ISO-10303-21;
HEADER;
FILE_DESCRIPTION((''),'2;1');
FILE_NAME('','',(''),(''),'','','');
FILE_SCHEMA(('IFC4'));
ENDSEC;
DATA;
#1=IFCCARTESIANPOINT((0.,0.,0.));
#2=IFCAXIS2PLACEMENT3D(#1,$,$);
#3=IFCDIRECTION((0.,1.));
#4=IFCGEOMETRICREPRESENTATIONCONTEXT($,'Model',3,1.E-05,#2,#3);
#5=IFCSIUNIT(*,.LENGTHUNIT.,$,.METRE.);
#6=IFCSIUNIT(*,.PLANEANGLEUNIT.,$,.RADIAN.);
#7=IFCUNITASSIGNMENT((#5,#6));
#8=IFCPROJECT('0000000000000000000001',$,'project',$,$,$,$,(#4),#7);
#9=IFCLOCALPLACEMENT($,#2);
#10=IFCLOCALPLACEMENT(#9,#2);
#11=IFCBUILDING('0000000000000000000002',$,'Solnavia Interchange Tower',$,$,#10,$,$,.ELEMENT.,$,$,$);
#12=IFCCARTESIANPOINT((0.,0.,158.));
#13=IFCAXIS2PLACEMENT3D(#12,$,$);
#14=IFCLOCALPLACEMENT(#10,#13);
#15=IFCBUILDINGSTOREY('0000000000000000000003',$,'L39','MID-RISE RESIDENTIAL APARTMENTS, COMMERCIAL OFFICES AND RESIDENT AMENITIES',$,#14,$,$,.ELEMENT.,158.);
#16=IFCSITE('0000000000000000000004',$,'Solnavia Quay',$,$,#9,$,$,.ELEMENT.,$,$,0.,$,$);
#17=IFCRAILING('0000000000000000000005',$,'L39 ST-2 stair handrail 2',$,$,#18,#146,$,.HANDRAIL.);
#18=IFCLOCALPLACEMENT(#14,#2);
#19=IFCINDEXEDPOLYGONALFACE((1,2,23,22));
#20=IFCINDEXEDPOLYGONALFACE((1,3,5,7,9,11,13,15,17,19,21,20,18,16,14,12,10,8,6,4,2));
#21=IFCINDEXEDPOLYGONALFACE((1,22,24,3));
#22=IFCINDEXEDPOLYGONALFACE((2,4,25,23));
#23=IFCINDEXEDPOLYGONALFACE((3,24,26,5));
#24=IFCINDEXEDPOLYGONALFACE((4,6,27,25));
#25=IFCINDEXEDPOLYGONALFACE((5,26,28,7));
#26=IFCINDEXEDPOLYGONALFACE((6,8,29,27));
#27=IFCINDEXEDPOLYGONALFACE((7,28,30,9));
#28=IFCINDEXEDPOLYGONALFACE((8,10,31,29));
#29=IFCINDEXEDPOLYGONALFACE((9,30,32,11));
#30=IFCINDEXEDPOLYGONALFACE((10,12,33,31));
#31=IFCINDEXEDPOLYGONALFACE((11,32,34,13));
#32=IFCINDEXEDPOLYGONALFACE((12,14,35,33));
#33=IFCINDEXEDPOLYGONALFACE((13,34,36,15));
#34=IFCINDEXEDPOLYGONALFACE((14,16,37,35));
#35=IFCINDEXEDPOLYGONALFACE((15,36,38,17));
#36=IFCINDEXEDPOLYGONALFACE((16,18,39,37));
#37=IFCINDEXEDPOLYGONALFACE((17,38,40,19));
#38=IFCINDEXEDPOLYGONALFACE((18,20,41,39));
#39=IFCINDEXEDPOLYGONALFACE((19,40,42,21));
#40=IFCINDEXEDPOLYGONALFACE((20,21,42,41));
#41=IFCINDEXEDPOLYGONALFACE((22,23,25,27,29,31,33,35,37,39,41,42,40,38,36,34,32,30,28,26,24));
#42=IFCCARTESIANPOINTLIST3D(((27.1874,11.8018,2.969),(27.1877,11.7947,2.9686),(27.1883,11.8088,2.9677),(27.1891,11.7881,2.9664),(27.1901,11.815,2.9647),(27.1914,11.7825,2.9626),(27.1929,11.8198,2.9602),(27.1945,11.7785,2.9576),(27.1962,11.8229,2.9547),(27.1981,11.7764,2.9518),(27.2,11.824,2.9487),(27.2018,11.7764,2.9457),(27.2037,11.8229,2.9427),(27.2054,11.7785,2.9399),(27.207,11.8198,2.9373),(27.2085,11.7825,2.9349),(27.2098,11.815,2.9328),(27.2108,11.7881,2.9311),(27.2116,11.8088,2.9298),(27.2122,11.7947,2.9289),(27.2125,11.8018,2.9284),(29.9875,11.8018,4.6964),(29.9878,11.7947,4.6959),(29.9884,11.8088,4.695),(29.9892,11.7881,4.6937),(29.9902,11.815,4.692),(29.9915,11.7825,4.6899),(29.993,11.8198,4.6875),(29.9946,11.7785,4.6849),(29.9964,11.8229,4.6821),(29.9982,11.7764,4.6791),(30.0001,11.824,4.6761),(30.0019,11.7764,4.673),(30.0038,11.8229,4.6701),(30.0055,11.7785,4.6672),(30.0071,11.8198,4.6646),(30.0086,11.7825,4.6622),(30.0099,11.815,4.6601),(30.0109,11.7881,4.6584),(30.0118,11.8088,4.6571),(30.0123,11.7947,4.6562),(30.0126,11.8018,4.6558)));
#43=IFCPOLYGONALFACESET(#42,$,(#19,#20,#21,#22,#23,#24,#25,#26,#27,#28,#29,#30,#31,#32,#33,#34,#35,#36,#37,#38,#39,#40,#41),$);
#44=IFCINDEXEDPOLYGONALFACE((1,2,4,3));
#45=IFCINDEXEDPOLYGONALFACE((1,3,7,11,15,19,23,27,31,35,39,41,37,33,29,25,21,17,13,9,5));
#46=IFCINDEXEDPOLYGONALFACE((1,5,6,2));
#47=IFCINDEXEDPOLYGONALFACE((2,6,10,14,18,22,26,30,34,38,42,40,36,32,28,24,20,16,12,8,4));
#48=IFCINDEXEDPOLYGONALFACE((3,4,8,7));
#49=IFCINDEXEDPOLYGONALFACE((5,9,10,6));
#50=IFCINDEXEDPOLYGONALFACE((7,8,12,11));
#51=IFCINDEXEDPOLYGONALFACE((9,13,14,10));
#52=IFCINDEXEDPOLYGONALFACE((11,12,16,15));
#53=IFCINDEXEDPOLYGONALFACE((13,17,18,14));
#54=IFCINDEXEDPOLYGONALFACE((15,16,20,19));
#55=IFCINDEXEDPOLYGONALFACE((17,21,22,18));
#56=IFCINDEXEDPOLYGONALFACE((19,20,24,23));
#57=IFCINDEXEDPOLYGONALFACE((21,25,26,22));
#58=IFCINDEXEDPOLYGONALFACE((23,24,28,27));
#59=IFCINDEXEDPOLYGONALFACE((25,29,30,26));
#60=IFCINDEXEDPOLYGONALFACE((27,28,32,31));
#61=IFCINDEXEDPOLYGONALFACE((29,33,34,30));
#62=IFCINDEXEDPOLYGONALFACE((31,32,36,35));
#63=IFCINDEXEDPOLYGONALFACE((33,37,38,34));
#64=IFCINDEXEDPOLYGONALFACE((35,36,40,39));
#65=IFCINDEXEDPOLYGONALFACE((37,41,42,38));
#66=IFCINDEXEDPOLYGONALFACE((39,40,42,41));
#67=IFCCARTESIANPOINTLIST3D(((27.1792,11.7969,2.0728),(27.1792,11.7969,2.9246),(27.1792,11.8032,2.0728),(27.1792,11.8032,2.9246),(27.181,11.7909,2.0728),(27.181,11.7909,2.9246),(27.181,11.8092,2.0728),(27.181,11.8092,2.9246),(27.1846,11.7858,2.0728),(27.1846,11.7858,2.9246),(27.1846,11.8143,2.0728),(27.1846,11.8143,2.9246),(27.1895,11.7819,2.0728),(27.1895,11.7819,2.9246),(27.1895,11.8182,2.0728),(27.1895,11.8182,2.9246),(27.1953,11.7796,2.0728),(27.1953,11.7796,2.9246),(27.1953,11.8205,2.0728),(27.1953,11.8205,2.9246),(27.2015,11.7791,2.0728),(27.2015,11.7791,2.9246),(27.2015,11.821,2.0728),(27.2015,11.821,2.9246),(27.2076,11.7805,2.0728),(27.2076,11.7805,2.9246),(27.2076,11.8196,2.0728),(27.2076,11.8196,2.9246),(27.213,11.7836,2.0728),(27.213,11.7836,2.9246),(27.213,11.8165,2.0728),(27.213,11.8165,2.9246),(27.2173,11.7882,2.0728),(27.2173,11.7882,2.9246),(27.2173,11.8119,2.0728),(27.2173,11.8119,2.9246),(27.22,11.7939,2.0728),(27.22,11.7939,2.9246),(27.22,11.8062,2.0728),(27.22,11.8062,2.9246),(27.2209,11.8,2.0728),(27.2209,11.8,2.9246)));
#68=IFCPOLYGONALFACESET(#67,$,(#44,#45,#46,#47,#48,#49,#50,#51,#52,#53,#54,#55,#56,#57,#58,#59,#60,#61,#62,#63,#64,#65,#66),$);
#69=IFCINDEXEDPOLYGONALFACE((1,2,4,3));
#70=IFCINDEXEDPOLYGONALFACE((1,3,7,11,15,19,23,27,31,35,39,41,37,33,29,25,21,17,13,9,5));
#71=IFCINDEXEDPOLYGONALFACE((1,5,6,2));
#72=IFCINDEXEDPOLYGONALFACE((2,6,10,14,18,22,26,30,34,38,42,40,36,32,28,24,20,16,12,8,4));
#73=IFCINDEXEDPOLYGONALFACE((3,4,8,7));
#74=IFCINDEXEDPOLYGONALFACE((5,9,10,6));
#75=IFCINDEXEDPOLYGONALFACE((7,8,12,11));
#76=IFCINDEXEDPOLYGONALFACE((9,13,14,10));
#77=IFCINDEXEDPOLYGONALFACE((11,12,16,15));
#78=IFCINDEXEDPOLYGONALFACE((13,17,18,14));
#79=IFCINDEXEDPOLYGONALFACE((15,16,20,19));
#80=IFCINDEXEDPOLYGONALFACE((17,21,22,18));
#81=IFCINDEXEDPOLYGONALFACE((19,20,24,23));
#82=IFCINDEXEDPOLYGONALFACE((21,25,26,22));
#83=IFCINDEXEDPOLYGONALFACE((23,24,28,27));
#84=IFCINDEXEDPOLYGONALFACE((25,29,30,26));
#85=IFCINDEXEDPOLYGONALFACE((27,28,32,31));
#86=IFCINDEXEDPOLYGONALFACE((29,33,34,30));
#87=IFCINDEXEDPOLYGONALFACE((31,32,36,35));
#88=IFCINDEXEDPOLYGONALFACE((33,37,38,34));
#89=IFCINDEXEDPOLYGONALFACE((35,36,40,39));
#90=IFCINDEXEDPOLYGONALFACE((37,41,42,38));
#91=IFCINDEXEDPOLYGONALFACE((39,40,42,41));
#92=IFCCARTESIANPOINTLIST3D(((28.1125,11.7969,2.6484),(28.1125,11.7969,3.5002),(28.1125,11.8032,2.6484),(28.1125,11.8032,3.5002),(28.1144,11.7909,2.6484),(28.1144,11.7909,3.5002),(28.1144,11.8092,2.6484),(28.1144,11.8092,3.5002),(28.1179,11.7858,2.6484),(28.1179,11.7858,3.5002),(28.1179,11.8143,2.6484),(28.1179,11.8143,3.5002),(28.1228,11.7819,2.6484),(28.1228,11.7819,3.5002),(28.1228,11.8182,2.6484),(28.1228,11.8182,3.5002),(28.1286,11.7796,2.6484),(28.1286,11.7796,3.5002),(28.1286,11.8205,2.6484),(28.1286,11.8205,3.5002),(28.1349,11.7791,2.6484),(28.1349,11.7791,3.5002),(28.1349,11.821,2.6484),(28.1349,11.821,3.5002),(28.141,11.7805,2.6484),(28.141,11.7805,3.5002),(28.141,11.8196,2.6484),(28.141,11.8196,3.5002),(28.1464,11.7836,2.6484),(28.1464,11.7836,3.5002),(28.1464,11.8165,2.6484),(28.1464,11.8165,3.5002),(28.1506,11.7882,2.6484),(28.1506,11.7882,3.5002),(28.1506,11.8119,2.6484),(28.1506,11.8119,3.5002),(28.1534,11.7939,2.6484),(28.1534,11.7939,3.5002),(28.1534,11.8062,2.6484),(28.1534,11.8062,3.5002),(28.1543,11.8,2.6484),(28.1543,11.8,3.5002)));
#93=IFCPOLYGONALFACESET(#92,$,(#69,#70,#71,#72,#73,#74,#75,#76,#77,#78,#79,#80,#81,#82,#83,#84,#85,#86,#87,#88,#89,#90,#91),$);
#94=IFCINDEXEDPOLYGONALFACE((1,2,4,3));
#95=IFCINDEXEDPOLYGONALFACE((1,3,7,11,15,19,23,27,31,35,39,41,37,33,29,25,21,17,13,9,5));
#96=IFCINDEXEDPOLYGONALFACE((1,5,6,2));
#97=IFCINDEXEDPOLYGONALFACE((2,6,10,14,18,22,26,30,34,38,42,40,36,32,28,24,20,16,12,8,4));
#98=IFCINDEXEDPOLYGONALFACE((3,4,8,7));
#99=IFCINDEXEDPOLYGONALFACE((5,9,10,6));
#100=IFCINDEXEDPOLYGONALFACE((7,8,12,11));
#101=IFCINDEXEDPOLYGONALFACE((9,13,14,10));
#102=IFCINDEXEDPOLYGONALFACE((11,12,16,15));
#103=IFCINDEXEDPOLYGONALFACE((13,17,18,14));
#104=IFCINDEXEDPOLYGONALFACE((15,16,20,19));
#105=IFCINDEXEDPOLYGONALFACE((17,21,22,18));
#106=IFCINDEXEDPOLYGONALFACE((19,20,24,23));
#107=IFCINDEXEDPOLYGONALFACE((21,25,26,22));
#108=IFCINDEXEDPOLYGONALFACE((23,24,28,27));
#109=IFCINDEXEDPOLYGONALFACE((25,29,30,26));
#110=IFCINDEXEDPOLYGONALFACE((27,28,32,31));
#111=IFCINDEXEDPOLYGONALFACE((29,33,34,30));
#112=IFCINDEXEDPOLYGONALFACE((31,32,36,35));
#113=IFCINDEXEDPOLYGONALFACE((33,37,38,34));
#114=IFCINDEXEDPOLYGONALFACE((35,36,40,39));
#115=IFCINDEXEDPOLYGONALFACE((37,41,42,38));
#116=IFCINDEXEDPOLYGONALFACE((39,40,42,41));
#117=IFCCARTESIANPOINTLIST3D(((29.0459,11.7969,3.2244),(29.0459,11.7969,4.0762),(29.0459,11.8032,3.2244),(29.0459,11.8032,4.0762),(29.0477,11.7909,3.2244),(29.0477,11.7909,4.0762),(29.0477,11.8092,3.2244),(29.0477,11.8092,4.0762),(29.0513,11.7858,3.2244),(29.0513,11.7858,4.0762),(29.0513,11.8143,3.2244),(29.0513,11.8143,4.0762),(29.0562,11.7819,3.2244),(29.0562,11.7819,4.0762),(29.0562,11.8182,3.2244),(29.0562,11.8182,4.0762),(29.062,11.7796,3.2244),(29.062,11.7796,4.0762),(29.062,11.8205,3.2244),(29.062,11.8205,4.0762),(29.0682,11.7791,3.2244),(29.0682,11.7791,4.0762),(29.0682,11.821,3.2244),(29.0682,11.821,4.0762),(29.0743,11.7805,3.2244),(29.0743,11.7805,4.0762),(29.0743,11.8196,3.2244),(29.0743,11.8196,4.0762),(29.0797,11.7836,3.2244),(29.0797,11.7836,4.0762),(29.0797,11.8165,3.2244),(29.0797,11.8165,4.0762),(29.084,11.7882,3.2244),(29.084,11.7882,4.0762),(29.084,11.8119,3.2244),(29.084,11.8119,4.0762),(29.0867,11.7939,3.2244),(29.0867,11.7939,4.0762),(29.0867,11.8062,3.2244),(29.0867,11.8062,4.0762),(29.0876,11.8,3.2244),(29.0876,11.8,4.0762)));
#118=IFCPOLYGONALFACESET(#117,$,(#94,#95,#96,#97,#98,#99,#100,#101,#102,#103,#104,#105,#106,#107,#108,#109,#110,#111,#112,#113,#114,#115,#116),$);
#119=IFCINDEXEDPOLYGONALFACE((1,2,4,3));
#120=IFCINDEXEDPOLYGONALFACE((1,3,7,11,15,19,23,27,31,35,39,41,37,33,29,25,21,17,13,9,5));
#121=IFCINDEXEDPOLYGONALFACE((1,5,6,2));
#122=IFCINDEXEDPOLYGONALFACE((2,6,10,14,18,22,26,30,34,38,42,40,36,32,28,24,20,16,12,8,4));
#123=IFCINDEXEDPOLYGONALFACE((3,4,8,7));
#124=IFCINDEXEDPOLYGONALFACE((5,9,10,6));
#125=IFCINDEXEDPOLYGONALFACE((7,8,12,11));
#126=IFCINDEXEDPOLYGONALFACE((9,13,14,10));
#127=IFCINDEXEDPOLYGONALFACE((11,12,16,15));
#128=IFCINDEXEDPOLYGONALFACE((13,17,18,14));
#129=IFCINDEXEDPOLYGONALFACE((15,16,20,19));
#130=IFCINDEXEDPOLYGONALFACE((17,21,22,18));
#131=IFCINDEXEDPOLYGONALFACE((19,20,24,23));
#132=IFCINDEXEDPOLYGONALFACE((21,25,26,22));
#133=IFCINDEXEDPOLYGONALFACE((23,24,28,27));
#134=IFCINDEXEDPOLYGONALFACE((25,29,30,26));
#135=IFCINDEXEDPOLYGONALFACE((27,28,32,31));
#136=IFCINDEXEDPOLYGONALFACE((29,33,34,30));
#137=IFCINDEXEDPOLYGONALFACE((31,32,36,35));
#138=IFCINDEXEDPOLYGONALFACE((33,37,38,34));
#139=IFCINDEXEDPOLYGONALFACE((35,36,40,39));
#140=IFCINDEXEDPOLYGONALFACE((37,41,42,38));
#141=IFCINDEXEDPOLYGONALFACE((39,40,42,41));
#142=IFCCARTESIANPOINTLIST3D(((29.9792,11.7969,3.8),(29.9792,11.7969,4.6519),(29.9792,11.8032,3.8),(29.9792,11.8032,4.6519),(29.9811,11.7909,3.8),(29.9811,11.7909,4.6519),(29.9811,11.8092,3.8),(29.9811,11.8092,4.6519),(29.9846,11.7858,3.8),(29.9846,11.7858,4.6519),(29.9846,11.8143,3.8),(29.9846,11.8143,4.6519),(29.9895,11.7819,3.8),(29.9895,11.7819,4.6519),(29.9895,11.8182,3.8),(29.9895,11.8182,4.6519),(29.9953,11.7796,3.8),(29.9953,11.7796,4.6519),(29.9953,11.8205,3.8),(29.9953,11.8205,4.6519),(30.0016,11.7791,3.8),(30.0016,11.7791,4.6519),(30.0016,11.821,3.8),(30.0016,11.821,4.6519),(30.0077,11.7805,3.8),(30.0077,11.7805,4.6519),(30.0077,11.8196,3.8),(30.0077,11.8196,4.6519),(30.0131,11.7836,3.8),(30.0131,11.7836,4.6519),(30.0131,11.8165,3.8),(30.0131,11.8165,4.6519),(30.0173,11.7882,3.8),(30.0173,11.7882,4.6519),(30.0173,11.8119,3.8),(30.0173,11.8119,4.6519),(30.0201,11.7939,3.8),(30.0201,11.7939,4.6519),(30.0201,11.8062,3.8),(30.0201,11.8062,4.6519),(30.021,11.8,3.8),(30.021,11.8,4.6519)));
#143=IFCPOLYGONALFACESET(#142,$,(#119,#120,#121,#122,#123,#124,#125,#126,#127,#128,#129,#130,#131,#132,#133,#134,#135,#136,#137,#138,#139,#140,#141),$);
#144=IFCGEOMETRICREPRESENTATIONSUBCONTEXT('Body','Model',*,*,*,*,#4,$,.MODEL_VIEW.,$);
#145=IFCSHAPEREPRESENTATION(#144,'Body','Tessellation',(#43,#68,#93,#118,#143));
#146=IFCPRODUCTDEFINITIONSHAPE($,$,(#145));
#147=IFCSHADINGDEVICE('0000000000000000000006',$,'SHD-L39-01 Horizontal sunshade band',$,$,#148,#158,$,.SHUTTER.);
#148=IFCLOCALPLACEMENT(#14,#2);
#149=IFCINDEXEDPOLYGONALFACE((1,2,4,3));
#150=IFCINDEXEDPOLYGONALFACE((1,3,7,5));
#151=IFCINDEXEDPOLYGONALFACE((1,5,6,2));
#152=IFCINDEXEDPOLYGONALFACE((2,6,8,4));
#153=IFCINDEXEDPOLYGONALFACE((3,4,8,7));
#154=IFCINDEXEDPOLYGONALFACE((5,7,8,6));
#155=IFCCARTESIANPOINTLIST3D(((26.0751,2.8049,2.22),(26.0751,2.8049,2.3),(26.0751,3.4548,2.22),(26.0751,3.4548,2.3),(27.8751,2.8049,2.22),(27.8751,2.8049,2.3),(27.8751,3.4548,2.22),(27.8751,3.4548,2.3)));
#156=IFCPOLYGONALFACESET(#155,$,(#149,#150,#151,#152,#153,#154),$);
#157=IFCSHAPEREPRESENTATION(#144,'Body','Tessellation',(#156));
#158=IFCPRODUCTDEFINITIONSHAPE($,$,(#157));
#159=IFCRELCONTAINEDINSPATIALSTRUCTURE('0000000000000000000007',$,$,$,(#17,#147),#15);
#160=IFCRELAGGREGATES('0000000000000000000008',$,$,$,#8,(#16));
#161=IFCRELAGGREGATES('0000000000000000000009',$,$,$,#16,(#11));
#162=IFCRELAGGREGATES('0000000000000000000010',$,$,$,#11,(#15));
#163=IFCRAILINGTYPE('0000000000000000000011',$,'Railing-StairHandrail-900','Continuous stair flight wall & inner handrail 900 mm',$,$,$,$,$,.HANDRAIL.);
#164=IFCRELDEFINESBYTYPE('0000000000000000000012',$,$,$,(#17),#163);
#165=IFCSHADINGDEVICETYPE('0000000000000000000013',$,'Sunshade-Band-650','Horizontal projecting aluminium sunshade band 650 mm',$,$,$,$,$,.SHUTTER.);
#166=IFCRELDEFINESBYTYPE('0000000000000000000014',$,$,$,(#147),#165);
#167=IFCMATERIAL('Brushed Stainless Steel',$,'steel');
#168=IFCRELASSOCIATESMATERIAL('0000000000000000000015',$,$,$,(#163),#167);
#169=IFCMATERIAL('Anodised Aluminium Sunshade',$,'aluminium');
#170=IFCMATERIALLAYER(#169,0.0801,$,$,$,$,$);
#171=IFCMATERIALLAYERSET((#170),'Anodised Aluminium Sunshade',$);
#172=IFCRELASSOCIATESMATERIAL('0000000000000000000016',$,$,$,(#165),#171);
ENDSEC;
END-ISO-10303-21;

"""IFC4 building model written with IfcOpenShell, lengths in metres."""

from ifc_helpers import new_model, si_unit, direction, frame, origin, origin_2d, place, context, subcontext, project, spatial, rectangle, circle, extrude, material, layer, layer_set, type_object, element, save


model = new_model("IFC4")

# Units and contexts
model_context = context("Model", 3, precision=1e-05, world=origin(), true_north=direction((0.0, 1.0)))
body_context = subcontext(model_context, "Body", "Model", "MODEL_VIEW")
ifc_project = project(units=[si_unit("LENGTHUNIT", "METRE"), si_unit("PLANEANGLEUNIT", "RADIAN")], contexts=[model_context])

# Site, building, storey
site_placement = place(None, origin())
site = spatial("IfcSite", under=ifc_project, at=site_placement, Name="Solnavia Quay", CompositionType="ELEMENT", RefElevation=0.0)
building_placement = place(site_placement, origin())
building = spatial("IfcBuilding", under=site, at=building_placement, Name="Solnavia Interchange Tower", CompositionType="ELEMENT")
storey_placement = place(building_placement, frame((0.0, 0.0, 158.0)))
storey = spatial("IfcBuildingStorey", under=building, at=storey_placement, Name="L39", Description="MID-RISE RESIDENTIAL APARTMENTS, COMMERCIAL OFFICES AND RESIDENT AMENITIES", CompositionType="ELEMENT", Elevation=158.0)

# Railing
ifc_material_1 = material(Name="Brushed Stainless Steel", Category="steel")
railing_type_1 = type_object("IfcRailingType", Name="Railing-StairHandrail-900", Description="Continuous stair flight wall & inner handrail 900 mm", PredefinedType="HANDRAIL", material=ifc_material_1)
railing_1_placement = place(storey_placement, frame((27.2, 11.8, 2.0728)))
element("IfcRailing", 1, at=railing_1_placement, inside=storey, type_object=railing_type_1, Name="L39 ST-2 stair handrail 2", PredefinedType="HANDRAIL", context=body_context, shape_type="SweptSolid", body=[
    extrude(circle(Radius=0.0239, at=origin_2d()), frame((0.0, 0.0, 0.876), z_axis=(0.85109, 0.0, 0.52502), x_axis=(0.0, 1.0, 0.0)), (0.0, 0.0, 1.0), 3.29),
    extrude(circle(Radius=0.021, at=origin_2d()), origin(), (0.0, 0.0, 1.0), 0.8518),
    extrude(circle(Radius=0.021, at=origin_2d()), frame((0.9333, 0.0, 0.5757)), (0.0, 0.0, 1.0), 0.8518),
    extrude(circle(Radius=0.021, at=origin_2d()), frame((1.8667, 0.0, 1.1516)), (0.0, 0.0, 1.0), 0.8518),
    extrude(circle(Radius=0.021, at=origin_2d()), frame((2.8, 0.0, 1.7273)), (0.0, 0.0, 1.0), 0.8518),
])

# Shading device
ifc_material_2 = material(Name="Anodised Aluminium Sunshade", Category="aluminium")
ifc_layer_1 = layer(ifc_material_2, 0.0801)
ifc_layer_set_1 = layer_set([ifc_layer_1], Name="Anodised Aluminium Sunshade")
shading_device_type = type_object("IfcShadingDeviceType", Name="Sunshade-Band-650", Description="Horizontal projecting aluminium sunshade band 650 mm", PredefinedType="SHUTTER", material=ifc_layer_set_1)
shading_device_placement = place(storey_placement, frame((26.9751, 3.1299, 2.22), z_axis=(0.0, 0.0, 1.0), x_axis=(-1.0, 0.0, 0.0)))
element("IfcShadingDevice", 2, at=shading_device_placement, inside=storey, type_object=shading_device_type, Name="SHD-L39-01 Horizontal sunshade band", PredefinedType="SHUTTER", context=body_context, shape_type="SweptSolid", body=[
    extrude(rectangle(XDim=1.8, YDim=0.6499, at=origin_2d()), origin(), (0.0, 0.0, 1.0), 0.0801),
])

save(model, "model.ifc")
